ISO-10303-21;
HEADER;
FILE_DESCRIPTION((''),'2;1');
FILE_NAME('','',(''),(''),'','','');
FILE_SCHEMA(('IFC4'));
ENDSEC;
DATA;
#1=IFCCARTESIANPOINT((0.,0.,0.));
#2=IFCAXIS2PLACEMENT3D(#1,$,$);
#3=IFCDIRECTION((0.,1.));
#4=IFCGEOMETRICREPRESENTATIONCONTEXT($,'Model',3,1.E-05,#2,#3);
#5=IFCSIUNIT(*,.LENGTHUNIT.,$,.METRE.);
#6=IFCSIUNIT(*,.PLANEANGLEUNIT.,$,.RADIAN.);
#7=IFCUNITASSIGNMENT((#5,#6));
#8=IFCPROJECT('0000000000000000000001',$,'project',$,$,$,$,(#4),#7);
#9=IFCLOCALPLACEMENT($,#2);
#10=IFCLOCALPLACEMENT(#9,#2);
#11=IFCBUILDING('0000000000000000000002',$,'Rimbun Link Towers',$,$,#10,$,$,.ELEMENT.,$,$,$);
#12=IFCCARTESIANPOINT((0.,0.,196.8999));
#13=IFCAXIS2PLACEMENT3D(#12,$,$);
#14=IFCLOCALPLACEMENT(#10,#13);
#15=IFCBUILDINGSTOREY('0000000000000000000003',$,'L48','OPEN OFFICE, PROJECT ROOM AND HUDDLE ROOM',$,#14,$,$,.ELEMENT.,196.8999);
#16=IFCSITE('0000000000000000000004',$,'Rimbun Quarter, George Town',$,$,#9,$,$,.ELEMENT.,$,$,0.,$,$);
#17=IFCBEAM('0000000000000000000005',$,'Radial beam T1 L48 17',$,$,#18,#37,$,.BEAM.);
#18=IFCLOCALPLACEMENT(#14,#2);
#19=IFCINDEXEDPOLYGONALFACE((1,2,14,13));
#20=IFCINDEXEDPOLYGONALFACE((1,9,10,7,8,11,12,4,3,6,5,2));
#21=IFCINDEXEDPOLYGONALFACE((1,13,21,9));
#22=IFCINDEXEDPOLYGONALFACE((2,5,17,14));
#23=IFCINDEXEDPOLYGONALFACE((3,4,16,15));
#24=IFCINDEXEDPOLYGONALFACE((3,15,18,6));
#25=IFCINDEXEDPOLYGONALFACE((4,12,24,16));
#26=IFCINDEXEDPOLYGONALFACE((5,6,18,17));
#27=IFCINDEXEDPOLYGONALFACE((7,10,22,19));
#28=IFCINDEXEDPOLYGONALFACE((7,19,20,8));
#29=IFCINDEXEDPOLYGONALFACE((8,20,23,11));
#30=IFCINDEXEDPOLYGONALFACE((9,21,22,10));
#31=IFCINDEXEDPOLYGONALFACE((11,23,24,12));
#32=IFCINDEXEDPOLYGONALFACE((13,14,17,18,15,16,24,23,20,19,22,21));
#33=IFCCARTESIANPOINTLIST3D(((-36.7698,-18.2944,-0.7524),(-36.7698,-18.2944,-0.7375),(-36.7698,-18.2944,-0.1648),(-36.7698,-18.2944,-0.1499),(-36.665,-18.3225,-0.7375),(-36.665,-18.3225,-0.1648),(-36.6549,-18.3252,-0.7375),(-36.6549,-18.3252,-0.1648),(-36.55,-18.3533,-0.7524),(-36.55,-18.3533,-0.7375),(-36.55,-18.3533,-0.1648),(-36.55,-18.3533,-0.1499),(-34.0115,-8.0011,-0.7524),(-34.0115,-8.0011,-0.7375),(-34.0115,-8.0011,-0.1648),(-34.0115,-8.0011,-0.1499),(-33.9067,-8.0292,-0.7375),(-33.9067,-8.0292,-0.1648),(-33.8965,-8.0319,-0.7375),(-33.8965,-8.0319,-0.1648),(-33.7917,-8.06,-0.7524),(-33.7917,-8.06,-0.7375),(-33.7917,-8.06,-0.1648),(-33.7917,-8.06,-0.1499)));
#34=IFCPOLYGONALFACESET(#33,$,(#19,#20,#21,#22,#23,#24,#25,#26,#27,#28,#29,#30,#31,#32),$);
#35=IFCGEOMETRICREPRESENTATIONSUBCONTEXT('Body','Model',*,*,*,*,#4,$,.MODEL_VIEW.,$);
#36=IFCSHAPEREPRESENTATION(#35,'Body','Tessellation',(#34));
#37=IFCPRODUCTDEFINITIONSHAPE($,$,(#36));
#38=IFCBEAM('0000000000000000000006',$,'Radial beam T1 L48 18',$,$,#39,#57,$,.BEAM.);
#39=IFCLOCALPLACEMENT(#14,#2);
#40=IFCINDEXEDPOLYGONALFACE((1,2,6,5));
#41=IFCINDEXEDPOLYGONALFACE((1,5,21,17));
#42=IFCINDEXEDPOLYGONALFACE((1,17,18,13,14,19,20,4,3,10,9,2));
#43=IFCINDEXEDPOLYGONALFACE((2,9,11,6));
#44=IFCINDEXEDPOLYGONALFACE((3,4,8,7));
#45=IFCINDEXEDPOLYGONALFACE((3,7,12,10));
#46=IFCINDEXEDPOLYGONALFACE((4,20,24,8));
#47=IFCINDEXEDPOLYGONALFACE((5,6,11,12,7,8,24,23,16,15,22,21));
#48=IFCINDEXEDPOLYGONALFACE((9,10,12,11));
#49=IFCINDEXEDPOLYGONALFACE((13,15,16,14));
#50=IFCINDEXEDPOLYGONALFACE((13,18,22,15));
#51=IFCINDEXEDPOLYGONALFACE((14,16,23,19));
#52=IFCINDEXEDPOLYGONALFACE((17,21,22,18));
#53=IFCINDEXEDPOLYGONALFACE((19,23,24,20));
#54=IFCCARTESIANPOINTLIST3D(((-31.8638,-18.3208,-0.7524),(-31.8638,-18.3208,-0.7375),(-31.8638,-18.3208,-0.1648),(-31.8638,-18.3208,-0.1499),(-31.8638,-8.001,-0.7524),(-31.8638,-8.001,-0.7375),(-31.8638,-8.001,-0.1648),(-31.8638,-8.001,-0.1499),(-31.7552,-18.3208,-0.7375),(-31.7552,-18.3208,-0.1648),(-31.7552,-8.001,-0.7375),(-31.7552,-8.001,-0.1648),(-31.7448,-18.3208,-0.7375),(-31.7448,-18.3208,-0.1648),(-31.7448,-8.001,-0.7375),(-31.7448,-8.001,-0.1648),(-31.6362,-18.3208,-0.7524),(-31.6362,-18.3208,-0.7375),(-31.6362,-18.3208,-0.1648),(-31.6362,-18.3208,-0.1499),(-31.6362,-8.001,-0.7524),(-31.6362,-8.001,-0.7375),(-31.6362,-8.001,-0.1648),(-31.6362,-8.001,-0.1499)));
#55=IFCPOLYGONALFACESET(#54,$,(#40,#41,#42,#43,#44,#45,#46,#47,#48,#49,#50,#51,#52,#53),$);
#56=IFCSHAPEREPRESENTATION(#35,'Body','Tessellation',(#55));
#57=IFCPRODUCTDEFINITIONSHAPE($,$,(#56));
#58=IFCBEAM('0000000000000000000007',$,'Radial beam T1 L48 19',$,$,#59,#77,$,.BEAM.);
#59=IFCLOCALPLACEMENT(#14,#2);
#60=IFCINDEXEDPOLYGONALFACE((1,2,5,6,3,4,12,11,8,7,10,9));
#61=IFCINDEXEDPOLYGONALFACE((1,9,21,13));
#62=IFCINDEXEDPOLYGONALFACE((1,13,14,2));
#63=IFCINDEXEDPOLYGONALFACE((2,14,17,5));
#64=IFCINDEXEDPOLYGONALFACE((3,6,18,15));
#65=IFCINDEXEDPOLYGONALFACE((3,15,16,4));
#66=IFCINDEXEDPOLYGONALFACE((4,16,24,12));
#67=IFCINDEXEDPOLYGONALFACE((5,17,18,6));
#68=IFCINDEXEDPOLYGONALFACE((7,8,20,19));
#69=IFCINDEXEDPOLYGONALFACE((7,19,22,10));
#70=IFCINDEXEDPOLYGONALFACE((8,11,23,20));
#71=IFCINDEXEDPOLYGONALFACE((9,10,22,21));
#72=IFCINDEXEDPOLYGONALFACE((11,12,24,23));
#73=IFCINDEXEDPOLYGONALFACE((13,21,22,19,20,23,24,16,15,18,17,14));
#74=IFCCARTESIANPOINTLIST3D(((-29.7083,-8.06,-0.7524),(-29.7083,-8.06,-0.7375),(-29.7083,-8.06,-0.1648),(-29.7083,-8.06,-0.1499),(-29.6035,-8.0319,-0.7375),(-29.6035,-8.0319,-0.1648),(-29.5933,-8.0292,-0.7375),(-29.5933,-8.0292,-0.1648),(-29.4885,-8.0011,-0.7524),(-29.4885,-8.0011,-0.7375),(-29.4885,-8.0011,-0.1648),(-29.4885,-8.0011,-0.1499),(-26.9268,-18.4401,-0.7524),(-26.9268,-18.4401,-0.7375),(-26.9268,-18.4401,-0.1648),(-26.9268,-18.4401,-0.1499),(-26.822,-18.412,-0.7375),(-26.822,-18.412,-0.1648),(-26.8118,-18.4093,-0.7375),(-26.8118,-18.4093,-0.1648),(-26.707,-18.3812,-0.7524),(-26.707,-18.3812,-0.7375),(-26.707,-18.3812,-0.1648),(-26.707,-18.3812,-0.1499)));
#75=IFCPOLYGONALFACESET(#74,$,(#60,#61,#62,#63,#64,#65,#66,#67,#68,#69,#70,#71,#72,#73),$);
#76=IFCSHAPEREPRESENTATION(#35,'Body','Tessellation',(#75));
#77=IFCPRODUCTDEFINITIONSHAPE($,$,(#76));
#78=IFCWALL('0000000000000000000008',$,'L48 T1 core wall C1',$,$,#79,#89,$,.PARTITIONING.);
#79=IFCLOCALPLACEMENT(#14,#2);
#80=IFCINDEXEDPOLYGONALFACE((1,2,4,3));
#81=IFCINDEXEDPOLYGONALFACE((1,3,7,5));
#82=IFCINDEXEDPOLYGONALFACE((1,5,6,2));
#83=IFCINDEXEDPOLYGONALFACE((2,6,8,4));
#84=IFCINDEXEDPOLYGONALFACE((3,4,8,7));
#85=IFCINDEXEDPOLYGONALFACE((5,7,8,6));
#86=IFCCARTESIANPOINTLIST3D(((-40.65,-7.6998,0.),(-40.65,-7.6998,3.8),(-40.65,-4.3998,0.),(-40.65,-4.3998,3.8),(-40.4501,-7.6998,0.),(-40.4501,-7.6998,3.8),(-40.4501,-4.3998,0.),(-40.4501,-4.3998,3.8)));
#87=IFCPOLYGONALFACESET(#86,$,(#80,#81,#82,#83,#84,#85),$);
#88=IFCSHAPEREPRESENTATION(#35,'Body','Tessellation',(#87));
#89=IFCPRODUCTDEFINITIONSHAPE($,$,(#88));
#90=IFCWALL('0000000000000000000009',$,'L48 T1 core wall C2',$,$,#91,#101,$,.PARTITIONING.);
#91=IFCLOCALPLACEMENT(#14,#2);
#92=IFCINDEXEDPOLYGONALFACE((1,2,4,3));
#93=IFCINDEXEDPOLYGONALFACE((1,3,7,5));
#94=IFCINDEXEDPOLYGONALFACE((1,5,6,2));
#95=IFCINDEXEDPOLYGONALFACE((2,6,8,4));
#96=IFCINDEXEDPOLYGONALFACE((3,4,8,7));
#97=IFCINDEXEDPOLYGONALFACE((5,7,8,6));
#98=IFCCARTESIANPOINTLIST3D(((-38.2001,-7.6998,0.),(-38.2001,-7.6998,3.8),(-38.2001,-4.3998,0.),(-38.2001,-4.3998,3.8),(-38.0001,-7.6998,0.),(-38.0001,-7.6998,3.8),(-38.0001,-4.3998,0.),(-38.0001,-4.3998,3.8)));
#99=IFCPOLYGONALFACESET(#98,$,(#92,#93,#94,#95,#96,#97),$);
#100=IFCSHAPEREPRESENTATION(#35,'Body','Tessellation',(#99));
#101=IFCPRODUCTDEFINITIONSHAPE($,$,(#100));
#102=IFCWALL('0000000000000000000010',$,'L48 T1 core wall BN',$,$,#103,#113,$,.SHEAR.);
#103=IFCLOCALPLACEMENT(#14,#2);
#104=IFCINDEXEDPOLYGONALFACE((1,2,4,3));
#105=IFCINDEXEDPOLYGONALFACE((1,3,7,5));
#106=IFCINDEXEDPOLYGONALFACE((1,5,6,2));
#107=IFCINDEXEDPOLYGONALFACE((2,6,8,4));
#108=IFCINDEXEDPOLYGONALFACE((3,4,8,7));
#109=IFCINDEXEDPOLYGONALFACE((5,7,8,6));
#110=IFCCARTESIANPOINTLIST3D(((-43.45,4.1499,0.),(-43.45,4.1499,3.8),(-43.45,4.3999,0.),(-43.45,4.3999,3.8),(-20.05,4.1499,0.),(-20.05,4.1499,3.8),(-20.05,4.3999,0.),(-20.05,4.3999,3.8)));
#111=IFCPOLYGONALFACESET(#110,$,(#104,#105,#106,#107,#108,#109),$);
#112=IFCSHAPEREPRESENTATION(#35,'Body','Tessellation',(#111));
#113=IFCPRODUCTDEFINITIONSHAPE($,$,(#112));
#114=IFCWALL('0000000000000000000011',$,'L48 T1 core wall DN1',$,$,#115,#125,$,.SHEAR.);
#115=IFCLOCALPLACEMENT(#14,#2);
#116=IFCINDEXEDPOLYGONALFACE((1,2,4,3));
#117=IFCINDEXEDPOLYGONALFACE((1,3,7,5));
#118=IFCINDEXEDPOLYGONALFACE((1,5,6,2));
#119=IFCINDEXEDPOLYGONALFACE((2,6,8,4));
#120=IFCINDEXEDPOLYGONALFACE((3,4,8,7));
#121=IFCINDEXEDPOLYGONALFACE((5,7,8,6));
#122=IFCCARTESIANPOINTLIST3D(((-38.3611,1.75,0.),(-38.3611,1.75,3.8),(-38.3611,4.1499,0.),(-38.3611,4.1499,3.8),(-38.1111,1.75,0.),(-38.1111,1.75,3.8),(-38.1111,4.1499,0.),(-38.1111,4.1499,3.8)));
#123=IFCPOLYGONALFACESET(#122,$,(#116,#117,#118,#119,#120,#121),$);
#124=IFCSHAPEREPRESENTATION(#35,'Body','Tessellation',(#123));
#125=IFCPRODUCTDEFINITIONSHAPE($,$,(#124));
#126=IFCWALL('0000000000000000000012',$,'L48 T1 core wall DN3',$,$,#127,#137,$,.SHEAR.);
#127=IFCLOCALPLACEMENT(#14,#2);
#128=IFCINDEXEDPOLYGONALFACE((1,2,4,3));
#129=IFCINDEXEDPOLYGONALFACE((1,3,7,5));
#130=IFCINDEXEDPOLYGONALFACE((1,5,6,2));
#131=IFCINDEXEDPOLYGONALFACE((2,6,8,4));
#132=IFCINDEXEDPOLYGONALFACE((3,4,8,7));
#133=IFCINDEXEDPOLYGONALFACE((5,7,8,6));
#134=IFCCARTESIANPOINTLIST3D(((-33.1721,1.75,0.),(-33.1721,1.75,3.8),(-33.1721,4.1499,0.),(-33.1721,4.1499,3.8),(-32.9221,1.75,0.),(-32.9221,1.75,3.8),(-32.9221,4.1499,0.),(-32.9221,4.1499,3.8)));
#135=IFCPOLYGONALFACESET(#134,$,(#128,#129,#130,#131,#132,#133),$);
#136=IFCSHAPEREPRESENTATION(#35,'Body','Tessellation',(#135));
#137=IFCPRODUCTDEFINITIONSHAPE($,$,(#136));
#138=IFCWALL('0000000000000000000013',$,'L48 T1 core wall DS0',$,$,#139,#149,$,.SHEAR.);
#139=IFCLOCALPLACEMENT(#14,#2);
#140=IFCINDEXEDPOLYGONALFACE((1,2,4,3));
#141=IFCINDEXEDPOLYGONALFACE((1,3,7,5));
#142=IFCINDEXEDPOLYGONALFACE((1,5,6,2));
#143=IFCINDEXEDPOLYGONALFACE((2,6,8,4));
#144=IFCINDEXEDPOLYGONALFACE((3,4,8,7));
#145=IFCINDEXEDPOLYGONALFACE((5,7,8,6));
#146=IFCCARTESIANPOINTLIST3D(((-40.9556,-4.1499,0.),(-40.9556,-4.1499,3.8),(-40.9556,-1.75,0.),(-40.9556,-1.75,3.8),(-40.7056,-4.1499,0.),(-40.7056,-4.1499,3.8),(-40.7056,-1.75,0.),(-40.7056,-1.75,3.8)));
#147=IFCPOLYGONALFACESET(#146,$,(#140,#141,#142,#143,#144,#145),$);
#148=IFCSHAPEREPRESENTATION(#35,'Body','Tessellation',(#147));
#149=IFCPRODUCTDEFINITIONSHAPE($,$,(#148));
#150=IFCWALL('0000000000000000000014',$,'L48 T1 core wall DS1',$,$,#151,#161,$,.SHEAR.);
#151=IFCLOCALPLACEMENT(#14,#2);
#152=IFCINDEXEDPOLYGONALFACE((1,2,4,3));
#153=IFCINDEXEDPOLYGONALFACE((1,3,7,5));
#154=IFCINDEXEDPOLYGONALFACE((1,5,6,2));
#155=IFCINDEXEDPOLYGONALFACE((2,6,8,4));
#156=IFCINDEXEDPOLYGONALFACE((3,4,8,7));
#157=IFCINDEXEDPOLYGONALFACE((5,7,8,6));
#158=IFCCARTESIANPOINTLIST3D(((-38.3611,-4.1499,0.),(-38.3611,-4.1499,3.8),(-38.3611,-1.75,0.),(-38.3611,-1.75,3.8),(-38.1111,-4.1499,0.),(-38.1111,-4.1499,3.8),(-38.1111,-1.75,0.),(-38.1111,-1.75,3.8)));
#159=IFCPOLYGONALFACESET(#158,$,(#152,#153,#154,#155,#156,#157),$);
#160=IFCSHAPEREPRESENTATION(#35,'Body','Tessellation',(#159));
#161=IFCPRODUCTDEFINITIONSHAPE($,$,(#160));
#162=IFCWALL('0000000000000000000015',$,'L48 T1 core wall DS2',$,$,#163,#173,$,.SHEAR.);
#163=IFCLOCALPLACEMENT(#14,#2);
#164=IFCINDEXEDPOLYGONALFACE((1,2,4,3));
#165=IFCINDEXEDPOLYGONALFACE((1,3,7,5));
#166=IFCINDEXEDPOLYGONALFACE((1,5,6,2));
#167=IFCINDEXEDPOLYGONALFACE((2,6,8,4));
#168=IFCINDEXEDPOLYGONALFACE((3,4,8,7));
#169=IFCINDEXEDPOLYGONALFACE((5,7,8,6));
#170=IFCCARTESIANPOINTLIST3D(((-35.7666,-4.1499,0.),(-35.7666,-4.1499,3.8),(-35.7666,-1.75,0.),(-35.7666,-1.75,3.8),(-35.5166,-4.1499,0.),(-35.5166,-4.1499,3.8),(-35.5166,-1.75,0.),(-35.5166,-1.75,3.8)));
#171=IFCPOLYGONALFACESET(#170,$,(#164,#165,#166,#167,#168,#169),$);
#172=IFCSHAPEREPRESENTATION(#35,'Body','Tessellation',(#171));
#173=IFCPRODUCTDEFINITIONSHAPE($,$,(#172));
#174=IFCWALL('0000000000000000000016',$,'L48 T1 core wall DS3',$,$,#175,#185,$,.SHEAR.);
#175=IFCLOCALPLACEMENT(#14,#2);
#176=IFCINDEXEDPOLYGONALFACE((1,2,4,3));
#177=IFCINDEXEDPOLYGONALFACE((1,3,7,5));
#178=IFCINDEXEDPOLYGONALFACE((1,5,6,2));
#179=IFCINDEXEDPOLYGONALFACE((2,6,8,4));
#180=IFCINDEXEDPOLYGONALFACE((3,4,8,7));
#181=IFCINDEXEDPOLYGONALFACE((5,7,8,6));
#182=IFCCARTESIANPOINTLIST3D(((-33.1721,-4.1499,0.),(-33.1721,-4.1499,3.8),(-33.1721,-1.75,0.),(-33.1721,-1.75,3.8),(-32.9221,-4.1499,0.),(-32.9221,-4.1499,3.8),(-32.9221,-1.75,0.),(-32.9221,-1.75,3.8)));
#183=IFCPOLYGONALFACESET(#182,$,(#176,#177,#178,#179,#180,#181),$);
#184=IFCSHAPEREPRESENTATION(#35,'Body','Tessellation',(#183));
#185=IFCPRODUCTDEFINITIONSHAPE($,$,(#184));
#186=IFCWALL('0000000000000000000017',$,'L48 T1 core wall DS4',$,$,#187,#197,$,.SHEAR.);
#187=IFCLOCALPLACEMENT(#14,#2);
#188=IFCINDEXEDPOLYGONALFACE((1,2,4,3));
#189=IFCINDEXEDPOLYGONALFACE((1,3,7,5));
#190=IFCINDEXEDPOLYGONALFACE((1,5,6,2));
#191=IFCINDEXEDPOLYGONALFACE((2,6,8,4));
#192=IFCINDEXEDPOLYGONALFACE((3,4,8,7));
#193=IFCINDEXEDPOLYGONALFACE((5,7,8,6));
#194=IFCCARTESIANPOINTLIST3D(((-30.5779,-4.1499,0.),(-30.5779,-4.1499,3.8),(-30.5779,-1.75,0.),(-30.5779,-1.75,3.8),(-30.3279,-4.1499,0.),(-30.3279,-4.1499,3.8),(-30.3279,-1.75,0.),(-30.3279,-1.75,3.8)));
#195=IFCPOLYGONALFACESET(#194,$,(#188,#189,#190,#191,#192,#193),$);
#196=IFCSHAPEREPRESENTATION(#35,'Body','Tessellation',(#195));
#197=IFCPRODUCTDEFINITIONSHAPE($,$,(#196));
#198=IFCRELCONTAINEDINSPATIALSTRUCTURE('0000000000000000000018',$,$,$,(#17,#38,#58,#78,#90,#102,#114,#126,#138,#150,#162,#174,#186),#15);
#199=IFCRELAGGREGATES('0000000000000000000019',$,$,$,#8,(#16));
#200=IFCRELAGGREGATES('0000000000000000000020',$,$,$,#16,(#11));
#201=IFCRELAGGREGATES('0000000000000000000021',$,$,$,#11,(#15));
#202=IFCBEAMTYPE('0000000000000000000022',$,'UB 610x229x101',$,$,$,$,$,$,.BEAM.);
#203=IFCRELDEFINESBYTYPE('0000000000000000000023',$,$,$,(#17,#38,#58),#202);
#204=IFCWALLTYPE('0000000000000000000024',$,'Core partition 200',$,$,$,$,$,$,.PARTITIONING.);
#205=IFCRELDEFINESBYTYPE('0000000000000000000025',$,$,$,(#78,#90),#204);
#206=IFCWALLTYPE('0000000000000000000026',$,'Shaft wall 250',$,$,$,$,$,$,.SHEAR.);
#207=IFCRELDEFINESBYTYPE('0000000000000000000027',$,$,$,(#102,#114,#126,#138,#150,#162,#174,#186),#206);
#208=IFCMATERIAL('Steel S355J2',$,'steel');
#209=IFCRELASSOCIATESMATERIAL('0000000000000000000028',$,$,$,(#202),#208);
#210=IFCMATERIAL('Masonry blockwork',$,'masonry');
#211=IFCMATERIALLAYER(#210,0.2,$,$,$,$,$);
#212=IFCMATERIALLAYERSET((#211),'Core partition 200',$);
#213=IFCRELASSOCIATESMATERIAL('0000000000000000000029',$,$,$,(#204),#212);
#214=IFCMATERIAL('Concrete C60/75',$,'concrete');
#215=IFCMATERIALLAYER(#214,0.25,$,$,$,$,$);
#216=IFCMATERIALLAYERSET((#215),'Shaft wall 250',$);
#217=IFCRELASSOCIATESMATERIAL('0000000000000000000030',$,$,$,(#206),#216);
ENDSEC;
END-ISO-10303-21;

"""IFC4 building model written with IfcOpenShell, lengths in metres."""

from ifc_helpers import new_model, si_unit, direction, frame, frame_2d, origin, origin_2d, place, context, subcontext, project, spatial, rectangle, i_section, extrude, material, layer, layer_set, material_profile, profile_set, type_object, element, save


model = new_model("IFC4")

# Units and contexts
model_context = context("Model", 3, precision=1e-05, world=origin(), true_north=direction((0.0, 1.0)))
body_context = subcontext(model_context, "Body", "Model", "MODEL_VIEW")
ifc_project = project(units=[si_unit("LENGTHUNIT", "METRE"), si_unit("PLANEANGLEUNIT", "RADIAN")], contexts=[model_context])

# Site, building, storey
site_placement = place(None, origin())
site = spatial("IfcSite", under=ifc_project, at=site_placement, Name="Rimbun Quarter, George Town", CompositionType="ELEMENT", RefElevation=0.0)
building_placement = place(site_placement, origin())
building = spatial("IfcBuilding", under=site, at=building_placement, Name="Rimbun Link Towers", CompositionType="ELEMENT")
storey_placement = place(building_placement, frame((0.0, 0.0, 196.8999)))
storey = spatial("IfcBuildingStorey", under=building, at=storey_placement, Name="L48", Description="OPEN OFFICE, PROJECT ROOM AND HUDDLE ROOM", CompositionType="ELEMENT", Elevation=196.8999)

# Beams
ifc_material_1 = material(Name="Steel S355J2", Category="steel")
ifc_material_profile = material_profile(ifc_material_1, i_section(OverallWidth=0.2275, OverallDepth=0.6025, WebThickness=0.0105, FlangeThickness=0.0149, at=origin_2d()), Name="UB 610x229x101")
ifc_profile_set = profile_set([ifc_material_profile], Name="Steel S355J2")
beam_type = type_object("IfcBeamType", Name="UB 610x229x101", PredefinedType="BEAM", material=ifc_profile_set)
beam_1_placement = place(storey_placement, frame((-33.9016, -8.0305, -0.4512), z_axis=(-0.25884, -0.96592, 0.0), x_axis=(0.96592, -0.25884, 0.0)))
element("IfcBeam", 1, at=beam_1_placement, inside=storey, type_object=beam_type, Name="Radial beam T1 L48 17", PredefinedType="BEAM", context=body_context, shape_type="SweptSolid", body=[
    extrude(i_section(OverallWidth=0.2275, OverallDepth=0.6025, WebThickness=0.0105, FlangeThickness=0.0149, at=origin_2d()), origin(), (0.0, 0.0, 1.0), 10.6565),
])
beam_2_placement = place(storey_placement, frame((-31.75, -8.001, -0.4512), z_axis=(0.0, -1.0, 0.0), x_axis=(1.0, 0.0, 0.0)))
element("IfcBeam", 2, at=beam_2_placement, inside=storey, type_object=beam_type, Name="Radial beam T1 L48 18", PredefinedType="BEAM", context=body_context, shape_type="SweptSolid", body=[
    extrude(i_section(OverallWidth=0.2275, OverallDepth=0.6025, WebThickness=0.0105, FlangeThickness=0.0149, at=origin_2d()), origin(), (0.0, 0.0, 1.0), 10.3198),
])
beam_3_placement = place(storey_placement, frame((-29.5984, -8.0305, -0.4512), z_axis=(0.258832, -0.965922, 0.0), x_axis=(0.965922, 0.258832, 0.0)))
element("IfcBeam", 3, at=beam_3_placement, inside=storey, type_object=beam_type, Name="Radial beam T1 L48 19", PredefinedType="BEAM", context=body_context, shape_type="SweptSolid", body=[
    extrude(i_section(OverallWidth=0.2275, OverallDepth=0.6025, WebThickness=0.0105, FlangeThickness=0.0149, at=origin_2d()), origin(), (0.0, 0.0, 1.0), 10.7463),
])

# Walls
ifc_material_2 = material(Name="Masonry blockwork", Category="masonry")
ifc_layer_1 = layer(ifc_material_2, 0.2)
ifc_layer_set_1 = layer_set([ifc_layer_1], Name="Core partition 200")
wall_type_1 = type_object("IfcWallType", Name="Core partition 200", PredefinedType="PARTITIONING", material=ifc_layer_set_1)
for number, where, z_axis, x_axis, name in (
    (4, (-40.55, -4.3999, 0.0), (0.0, 0.0, 1.0), (0.0, -1.0, 0.0), "L48 T1 core wall C1"),
    (5, (-38.1001, -4.3999, 0.0), (0.0, 0.0, 1.0), (0.0, -1.0, 0.0), "L48 T1 core wall C2"),
):
    element("IfcWall", number, at=place(storey_placement, frame(where, z_axis=z_axis, x_axis=x_axis)), inside=storey, type_object=wall_type_1, Name=name, PredefinedType="PARTITIONING", context=body_context, shape_type="SweptSolid", body=[
        extrude(rectangle(XDim=3.3, YDim=0.2, at=frame_2d((1.6499, 0.0))), origin(), (0.0, 0.0, 1.0), 3.8),
    ])
ifc_material_3 = material(Name="Concrete C60/75", Category="concrete")
ifc_layer_2 = layer(ifc_material_3, 0.25)
ifc_layer_set_2 = layer_set([ifc_layer_2], Name="Shaft wall 250")
wall_type_2 = type_object("IfcWallType", Name="Shaft wall 250", PredefinedType="SHEAR", material=ifc_layer_set_2)
wall_1_placement = place(storey_placement, frame((-43.45, 4.2749, 0.0), z_axis=(0.0, 0.0, 1.0), x_axis=(1.0, 0.0, 0.0)))
element("IfcWall", 6, at=wall_1_placement, inside=storey, type_object=wall_type_2, Name="L48 T1 core wall BN", PredefinedType="SHEAR", context=body_context, shape_type="SweptSolid", body=[
    extrude(rectangle(XDim=23.3999, YDim=0.25, at=frame_2d((11.7, 0.0))), origin(), (0.0, 0.0, 1.0), 3.8),
])
for number, where, z_axis, x_axis, name in (
    (7, (-38.2361, 1.75, 0.0), (0.0, 0.0, 1.0), (0.0, 1.0, 0.0), "L48 T1 core wall DN1"),
    (8, (-33.0471, 1.75, 0.0), (0.0, 0.0, 1.0), (0.0, 1.0, 0.0), "L48 T1 core wall DN3"),
    (9, (-40.8306, -4.1499, 0.0), (0.0, 0.0, 1.0), (0.0, 1.0, 0.0), "L48 T1 core wall DS0"),
    (10, (-38.2361, -4.1499, 0.0), (0.0, 0.0, 1.0), (0.0, 1.0, 0.0), "L48 T1 core wall DS1"),
    (11, (-35.6416, -4.1499, 0.0), (0.0, 0.0, 1.0), (0.0, 1.0, 0.0), "L48 T1 core wall DS2"),
    (12, (-33.0471, -4.1499, 0.0), (0.0, 0.0, 1.0), (0.0, 1.0, 0.0), "L48 T1 core wall DS3"),
    (13, (-30.4529, -4.1499, 0.0), (0.0, 0.0, 1.0), (0.0, 1.0, 0.0), "L48 T1 core wall DS4"),
):
    element("IfcWall", number, at=place(storey_placement, frame(where, z_axis=z_axis, x_axis=x_axis)), inside=storey, type_object=wall_type_2, Name=name, PredefinedType="SHEAR", context=body_context, shape_type="SweptSolid", body=[
        extrude(rectangle(XDim=2.3999, YDim=0.25, at=frame_2d((1.2, 0.0))), origin(), (0.0, 0.0, 1.0), 3.8),
    ])

save(model, "model.ifc")
